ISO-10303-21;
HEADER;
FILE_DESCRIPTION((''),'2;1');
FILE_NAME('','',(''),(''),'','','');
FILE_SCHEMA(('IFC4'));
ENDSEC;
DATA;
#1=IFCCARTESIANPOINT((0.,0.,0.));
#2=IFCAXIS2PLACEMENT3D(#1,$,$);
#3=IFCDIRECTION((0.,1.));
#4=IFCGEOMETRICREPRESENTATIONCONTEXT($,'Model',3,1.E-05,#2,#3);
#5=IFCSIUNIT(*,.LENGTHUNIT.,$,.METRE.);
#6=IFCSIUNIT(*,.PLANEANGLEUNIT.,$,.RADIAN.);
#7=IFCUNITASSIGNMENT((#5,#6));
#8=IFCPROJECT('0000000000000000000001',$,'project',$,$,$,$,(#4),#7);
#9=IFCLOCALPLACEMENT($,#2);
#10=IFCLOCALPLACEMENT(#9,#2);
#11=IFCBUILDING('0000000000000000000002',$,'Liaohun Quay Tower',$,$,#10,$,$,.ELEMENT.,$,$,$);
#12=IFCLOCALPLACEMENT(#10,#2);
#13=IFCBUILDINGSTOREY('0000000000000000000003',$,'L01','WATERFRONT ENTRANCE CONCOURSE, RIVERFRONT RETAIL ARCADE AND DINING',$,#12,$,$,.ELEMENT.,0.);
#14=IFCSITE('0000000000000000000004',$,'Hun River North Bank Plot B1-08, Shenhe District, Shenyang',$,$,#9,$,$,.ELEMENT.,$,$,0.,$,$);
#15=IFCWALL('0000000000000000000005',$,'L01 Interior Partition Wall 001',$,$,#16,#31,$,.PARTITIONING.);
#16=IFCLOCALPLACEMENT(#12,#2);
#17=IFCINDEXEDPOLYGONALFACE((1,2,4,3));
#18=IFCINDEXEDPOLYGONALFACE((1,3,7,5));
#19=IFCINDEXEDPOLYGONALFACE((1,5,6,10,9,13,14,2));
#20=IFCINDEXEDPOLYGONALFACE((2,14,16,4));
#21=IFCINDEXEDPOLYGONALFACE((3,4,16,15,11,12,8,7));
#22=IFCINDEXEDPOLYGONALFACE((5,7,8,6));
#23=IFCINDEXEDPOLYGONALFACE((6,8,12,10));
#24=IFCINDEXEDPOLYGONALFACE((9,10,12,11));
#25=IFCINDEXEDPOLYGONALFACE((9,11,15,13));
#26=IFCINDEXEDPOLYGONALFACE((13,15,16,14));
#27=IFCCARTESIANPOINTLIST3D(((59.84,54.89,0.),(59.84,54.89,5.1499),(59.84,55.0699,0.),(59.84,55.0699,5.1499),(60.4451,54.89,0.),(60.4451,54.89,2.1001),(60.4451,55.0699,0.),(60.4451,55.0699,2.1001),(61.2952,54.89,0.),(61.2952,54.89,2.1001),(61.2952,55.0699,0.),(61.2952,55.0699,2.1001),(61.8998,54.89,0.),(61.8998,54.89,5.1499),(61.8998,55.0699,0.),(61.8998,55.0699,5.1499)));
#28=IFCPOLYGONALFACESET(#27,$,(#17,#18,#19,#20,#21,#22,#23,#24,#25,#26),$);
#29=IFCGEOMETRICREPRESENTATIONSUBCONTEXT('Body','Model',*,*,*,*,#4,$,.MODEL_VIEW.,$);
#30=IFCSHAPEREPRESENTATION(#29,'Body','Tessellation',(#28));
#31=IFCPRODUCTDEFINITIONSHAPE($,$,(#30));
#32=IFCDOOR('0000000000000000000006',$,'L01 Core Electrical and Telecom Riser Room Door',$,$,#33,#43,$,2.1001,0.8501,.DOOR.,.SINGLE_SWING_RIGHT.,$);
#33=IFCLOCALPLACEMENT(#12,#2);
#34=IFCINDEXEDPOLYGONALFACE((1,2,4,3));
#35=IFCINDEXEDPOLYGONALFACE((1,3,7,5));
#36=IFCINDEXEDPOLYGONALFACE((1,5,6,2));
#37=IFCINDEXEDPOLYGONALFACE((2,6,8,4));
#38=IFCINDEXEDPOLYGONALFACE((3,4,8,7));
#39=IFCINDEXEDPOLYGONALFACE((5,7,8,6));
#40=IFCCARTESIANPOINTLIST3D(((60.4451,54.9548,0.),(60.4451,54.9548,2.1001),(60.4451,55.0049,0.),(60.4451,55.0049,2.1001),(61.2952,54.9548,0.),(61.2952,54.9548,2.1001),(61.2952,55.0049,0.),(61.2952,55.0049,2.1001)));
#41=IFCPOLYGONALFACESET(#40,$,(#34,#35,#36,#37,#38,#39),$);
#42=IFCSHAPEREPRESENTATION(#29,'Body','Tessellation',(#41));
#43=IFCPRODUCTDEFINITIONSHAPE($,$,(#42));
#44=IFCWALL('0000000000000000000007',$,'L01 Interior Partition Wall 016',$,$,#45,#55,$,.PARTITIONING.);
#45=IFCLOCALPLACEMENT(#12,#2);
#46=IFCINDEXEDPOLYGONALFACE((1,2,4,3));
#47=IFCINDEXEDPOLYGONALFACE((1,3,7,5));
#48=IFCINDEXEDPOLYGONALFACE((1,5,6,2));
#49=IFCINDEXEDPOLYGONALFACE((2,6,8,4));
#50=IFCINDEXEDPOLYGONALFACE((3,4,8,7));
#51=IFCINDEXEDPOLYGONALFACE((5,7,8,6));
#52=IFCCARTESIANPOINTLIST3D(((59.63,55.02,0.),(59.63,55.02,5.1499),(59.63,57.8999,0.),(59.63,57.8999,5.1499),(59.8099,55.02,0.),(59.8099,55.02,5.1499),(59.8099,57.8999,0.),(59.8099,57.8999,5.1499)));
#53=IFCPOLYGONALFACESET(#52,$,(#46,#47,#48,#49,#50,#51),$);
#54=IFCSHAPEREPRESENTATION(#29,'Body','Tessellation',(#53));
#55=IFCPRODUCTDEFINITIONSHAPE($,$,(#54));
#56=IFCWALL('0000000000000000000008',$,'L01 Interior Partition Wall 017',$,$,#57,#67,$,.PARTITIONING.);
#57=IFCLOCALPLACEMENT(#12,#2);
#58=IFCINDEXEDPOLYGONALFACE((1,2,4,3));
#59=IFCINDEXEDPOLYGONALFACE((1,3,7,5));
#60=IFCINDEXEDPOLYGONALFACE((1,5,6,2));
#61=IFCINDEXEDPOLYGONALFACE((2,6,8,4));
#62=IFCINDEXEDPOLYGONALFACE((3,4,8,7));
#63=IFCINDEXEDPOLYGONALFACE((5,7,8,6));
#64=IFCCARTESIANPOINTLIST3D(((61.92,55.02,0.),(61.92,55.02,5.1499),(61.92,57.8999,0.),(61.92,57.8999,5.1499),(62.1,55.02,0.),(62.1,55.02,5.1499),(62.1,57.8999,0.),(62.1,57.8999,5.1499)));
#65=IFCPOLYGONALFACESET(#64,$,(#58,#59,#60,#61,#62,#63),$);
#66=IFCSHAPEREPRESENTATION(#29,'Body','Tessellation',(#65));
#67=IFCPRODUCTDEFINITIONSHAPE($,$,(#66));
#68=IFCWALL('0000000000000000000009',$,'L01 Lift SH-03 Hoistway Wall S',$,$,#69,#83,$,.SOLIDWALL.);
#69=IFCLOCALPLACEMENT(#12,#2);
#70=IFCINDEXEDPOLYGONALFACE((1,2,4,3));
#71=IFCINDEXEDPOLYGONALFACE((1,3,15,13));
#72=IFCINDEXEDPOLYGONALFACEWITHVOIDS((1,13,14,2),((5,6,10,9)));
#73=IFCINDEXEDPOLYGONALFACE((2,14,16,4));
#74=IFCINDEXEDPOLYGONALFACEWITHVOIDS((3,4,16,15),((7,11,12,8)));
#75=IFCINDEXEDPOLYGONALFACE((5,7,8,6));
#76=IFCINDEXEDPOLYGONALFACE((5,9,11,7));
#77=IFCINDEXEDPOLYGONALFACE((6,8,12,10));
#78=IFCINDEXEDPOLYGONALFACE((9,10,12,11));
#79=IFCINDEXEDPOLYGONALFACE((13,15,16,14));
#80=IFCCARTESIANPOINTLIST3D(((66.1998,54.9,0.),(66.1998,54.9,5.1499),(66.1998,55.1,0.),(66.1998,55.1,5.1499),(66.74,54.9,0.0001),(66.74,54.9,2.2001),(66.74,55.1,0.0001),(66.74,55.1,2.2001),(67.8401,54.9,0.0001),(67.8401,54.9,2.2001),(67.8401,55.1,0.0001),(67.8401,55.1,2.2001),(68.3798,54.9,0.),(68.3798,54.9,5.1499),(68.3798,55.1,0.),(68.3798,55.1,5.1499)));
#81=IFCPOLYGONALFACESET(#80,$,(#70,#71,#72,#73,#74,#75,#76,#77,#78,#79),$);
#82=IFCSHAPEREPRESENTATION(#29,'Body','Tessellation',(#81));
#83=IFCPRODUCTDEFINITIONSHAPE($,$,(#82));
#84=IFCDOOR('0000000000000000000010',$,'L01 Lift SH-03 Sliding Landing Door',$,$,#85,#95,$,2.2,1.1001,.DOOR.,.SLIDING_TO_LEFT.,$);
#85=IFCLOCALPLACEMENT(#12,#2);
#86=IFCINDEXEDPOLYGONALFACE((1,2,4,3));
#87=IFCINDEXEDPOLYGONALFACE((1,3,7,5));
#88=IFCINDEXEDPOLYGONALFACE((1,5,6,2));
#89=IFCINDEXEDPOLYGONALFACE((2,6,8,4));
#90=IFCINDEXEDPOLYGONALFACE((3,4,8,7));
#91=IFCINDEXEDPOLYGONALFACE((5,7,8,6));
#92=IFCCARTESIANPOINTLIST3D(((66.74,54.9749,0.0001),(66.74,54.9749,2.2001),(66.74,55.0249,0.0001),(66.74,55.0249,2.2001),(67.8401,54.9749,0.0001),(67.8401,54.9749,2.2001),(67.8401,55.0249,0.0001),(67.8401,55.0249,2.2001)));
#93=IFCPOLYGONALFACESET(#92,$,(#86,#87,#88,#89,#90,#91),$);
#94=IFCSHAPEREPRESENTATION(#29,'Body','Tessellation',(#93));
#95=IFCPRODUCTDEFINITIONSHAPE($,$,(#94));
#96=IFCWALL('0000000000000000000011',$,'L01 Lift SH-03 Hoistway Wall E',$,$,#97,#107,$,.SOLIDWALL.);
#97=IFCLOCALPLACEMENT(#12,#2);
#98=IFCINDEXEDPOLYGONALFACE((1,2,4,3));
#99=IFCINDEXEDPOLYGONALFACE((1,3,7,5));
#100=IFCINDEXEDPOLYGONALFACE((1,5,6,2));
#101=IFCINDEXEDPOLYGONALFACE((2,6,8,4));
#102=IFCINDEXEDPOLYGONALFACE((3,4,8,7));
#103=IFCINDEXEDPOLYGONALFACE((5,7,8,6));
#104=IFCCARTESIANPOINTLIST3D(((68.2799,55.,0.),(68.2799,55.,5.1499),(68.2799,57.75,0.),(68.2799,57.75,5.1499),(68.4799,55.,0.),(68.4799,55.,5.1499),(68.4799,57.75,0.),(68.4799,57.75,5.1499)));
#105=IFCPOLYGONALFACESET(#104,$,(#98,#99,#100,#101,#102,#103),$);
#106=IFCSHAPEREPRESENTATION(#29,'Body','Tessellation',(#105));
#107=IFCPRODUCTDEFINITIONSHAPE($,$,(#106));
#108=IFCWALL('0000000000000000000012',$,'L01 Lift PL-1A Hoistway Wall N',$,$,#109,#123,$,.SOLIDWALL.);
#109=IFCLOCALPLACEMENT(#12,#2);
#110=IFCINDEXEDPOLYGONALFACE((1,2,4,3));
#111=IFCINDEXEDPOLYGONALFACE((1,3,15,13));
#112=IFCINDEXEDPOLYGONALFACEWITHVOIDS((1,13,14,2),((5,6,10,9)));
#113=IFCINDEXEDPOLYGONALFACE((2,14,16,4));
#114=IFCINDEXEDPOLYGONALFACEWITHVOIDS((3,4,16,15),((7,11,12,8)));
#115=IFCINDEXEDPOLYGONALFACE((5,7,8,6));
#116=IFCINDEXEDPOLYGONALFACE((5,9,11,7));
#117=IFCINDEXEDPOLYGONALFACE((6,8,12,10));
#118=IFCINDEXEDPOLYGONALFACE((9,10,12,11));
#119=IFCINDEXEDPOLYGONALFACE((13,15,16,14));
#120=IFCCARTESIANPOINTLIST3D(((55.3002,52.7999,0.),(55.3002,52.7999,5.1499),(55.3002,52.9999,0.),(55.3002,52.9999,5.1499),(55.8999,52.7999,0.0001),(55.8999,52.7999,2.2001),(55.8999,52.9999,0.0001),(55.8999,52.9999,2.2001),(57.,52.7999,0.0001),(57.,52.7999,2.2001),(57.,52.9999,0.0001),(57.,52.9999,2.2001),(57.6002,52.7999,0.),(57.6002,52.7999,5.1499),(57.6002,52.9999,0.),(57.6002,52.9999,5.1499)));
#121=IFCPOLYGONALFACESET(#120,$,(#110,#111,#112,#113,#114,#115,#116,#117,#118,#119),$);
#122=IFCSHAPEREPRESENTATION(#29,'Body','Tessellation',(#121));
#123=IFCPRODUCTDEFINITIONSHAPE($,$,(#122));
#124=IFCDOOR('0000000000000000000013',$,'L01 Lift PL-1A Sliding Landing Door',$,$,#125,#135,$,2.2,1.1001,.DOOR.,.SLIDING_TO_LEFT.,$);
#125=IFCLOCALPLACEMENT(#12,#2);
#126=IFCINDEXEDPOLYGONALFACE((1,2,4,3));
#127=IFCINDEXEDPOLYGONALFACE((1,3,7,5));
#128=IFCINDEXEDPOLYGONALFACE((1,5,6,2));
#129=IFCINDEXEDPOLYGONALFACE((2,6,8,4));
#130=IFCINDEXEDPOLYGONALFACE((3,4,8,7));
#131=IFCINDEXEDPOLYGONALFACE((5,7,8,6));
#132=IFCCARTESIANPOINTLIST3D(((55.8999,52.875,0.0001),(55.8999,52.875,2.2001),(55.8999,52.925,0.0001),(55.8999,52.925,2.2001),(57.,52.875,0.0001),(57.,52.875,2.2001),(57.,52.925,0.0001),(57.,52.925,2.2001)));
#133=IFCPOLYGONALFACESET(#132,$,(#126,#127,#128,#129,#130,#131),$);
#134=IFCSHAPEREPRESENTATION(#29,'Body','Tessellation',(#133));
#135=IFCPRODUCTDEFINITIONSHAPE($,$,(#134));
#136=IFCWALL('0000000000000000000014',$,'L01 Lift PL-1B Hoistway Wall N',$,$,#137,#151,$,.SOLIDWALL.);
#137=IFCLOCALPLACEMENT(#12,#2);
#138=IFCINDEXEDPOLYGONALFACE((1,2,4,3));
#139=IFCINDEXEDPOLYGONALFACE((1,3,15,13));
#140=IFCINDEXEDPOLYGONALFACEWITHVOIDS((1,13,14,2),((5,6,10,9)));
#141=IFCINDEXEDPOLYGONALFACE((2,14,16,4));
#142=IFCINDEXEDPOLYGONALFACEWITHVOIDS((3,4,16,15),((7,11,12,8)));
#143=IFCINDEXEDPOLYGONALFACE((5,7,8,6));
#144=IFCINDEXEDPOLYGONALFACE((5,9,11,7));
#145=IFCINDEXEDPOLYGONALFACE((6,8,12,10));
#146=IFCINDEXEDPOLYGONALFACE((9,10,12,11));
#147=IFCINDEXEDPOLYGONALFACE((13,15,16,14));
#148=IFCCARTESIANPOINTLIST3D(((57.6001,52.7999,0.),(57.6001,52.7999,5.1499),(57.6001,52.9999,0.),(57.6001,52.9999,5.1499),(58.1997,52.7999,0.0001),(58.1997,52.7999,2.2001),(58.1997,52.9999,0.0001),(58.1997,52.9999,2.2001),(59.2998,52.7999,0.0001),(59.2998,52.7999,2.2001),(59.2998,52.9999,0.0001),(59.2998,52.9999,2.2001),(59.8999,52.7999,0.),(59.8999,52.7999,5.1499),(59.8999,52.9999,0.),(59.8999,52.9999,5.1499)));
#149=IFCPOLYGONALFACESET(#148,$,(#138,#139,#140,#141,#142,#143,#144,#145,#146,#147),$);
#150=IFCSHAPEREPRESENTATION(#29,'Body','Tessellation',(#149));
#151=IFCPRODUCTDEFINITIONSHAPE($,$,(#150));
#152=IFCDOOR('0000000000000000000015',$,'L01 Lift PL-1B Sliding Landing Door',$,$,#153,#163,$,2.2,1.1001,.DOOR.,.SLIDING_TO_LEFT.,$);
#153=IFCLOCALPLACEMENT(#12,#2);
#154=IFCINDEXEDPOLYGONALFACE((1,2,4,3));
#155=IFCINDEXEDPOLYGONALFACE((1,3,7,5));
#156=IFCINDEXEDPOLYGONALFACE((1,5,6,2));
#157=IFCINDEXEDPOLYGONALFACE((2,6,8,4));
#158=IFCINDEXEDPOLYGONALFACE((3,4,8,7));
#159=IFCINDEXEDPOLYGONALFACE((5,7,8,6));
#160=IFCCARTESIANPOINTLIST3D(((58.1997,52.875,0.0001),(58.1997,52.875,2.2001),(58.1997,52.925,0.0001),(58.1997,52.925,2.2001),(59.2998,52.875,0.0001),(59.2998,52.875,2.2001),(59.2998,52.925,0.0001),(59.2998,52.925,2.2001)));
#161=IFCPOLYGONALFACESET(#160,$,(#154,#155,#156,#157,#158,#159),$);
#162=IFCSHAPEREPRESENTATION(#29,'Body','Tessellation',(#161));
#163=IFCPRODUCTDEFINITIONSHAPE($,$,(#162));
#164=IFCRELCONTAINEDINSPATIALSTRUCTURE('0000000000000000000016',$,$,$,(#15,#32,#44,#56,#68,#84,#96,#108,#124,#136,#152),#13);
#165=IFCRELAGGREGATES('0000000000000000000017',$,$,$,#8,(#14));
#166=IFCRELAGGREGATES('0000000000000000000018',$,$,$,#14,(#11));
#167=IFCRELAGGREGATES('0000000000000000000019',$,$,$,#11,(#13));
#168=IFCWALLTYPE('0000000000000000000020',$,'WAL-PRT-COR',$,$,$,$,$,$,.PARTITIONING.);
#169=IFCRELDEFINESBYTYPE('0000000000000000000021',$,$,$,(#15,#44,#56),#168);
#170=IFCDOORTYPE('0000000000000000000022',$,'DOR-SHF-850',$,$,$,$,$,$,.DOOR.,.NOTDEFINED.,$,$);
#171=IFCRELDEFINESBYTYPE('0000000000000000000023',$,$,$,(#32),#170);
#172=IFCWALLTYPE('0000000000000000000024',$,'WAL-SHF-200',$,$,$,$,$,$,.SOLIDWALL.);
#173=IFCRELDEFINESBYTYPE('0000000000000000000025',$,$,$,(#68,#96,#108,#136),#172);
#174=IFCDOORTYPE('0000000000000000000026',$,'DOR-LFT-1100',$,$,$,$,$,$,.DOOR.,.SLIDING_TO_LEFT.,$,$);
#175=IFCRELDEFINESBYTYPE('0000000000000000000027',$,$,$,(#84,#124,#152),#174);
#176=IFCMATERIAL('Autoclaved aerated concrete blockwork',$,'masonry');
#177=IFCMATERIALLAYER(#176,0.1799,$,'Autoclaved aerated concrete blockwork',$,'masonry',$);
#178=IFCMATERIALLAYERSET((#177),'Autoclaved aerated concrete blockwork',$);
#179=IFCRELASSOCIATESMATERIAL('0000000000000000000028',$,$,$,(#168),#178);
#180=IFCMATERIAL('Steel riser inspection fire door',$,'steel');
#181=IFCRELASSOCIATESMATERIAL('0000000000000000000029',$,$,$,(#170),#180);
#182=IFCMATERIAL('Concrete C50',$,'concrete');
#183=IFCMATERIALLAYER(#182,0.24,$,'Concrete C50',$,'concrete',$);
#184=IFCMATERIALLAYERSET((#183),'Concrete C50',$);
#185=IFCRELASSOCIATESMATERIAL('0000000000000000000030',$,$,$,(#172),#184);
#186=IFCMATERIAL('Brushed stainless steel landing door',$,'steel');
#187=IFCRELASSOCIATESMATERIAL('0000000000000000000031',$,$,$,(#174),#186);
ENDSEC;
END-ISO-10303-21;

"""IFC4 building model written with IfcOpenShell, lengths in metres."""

from ifc_helpers import new_model, si_unit, direction, frame, frame_2d, origin, place, context, subcontext, project, spatial, rectangle, extrude, source, transform, mapped, material, layer, layer_set, type_object, element, fill, save


model = new_model("IFC4")

# Units and contexts
model_context = context("Model", 3, precision=1e-05, world=origin(), true_north=direction((0.0, 1.0)))
body_context = subcontext(model_context, "Body", "Model", "MODEL_VIEW")
ifc_project = project(units=[si_unit("LENGTHUNIT", "METRE"), si_unit("PLANEANGLEUNIT", "RADIAN")], contexts=[model_context])

# Site, building, storey
site_placement = place(None, origin())
site = spatial("IfcSite", under=ifc_project, at=site_placement, Name="Hun River North Bank Plot B1-08, Shenhe District, Shenyang", CompositionType="ELEMENT", RefElevation=0.0)
building_placement = place(site_placement, origin())
building = spatial("IfcBuilding", under=site, at=building_placement, Name="Liaohun Quay Tower", CompositionType="ELEMENT")
storey_placement = place(building_placement, origin())
storey = spatial("IfcBuildingStorey", under=building, at=storey_placement, Name="L01", Description="WATERFRONT ENTRANCE CONCOURSE, RIVERFRONT RETAIL ARCADE AND DINING", CompositionType="ELEMENT", Elevation=0.0)

# Wall, opening, door
ifc_material_1 = material(Name="Autoclaved aerated concrete blockwork", Category="masonry")
ifc_layer_1 = layer(ifc_material_1, 0.1799, Name="Autoclaved aerated concrete blockwork", Category="masonry")
ifc_layer_set_1 = layer_set([ifc_layer_1], Name="Autoclaved aerated concrete blockwork")
wall_type_1 = type_object("IfcWallType", Name="WAL-PRT-COR", PredefinedType="PARTITIONING", material=ifc_layer_set_1)
wall_1_placement = place(storey_placement, frame((59.8401, 54.98, 0.0), z_axis=(0.0, 0.0, 1.0), x_axis=(1.0, 0.0, 0.0)))
wall_1 = element("IfcWall", 1, at=wall_1_placement, inside=storey, type_object=wall_type_1, Name="L01 Interior Partition Wall 001", PredefinedType="PARTITIONING", context=body_context, shape_type="SweptSolid", body=[
    extrude(rectangle(XDim=2.0598, YDim=0.1799, at=frame_2d((1.0298, 0.0))), origin(), (0.0, 0.0, 1.0), 5.1499),
])
shared_shape_1 = source(origin(), body_context, "Body", "SweptSolid", [
    extrude(rectangle(XDim=0.8501, YDim=2.1001, at=frame_2d((0.425, 1.05))), frame((0.0, 0.0999, 0.0), z_axis=(0.0, -1.0, 0.0), x_axis=(1.0, 0.0, 0.0)), (0.0, 0.0, 1.0), 0.2),
])
opening_1_placement = place(wall_1_placement, frame((0.605, 0.0, 0.0)))
opening_1 = element("IfcOpeningElement", 2, at=opening_1_placement, cuts=wall_1, PredefinedType="OPENING", context=body_context, shape_type="MappedRepresentation", body=[
    mapped(shared_shape_1, transform((0.0, 0.0, 0.0), x_axis=(1.0, 0.0, 0.0), y_axis=(0.0, 1.0, 0.0), z_axis=(0.0, 0.0, 1.0), scale=1.0)),
])
ifc_material_2 = material(Name="Steel riser inspection fire door", Category="steel")
door_type_1 = type_object("IfcDoorType", Name="DOR-SHF-850", OperationType="NOTDEFINED", PredefinedType="DOOR", material=ifc_material_2)
shared_shape_2 = source(origin(), body_context, "Body", "SweptSolid", [
    extrude(rectangle(XDim=0.8501, YDim=2.1001, at=frame_2d((0.425, 1.05))), frame((0.0, 0.0249, 0.0), z_axis=(0.0, -1.0, 0.0), x_axis=(1.0, 0.0, 0.0)), (0.0, 0.0, 1.0), 0.05),
])
door_1_placement = place(opening_1_placement, origin())
door_1 = element("IfcDoor", 3, at=door_1_placement, inside=storey, type_object=door_type_1, Name="L01 Core Electrical and Telecom Riser Room Door", OperationType="SINGLE_SWING_RIGHT", OverallHeight=2.1001, OverallWidth=0.8501, PredefinedType="DOOR", context=body_context, shape_type="MappedRepresentation", body=[
    mapped(shared_shape_2, transform((0.0, 0.0, 0.0), x_axis=(1.0, 0.0, 0.0), y_axis=(0.0, 1.0, 0.0), z_axis=(0.0, 0.0, 1.0), scale=1.0)),
])
fill(opening_1, door_1)

# Walls
for number, where, z_axis, x_axis, name in (
    (4, (59.72, 55.02, 0.0), (0.0, 0.0, 1.0), (0.0, 1.0, 0.0), "L01 Interior Partition Wall 016"),
    (5, (62.01, 55.02, 0.0), (0.0, 0.0, 1.0), (0.0, 1.0, 0.0), "L01 Interior Partition Wall 017"),
):
    element("IfcWall", number, at=place(storey_placement, frame(where, z_axis=z_axis, x_axis=x_axis)), inside=storey, type_object=wall_type_1, Name=name, PredefinedType="PARTITIONING", context=body_context, shape_type="SweptSolid", body=[
        extrude(rectangle(XDim=2.8799, YDim=0.1799, at=frame_2d((1.4399, 0.0))), origin(), (0.0, 0.0, 1.0), 5.1499),
    ])

# Wall, opening, door
ifc_material_3 = material(Name="Concrete C50", Category="concrete")
ifc_layer_2 = layer(ifc_material_3, 0.24, Name="Concrete C50", Category="concrete")
ifc_layer_set_2 = layer_set([ifc_layer_2], Name="Concrete C50")
wall_type_2 = type_object("IfcWallType", Name="WAL-SHF-200", PredefinedType="SOLIDWALL", material=ifc_layer_set_2)
wall_2_placement = place(storey_placement, frame((66.2, 55.0, 0.0), z_axis=(0.0, 0.0, 1.0), x_axis=(1.0, 0.0, 0.0)))
wall_2 = element("IfcWall", 6, at=wall_2_placement, inside=storey, type_object=wall_type_2, Name="L01 Lift SH-03 Hoistway Wall S", PredefinedType="SOLIDWALL", context=body_context, shape_type="SweptSolid", body=[
    extrude(rectangle(XDim=2.1799, YDim=0.2, at=frame_2d((1.0898, 0.0))), origin(), (0.0, 0.0, 1.0), 5.1499),
])
shared_shape_3 = source(origin(), body_context, "Body", "SweptSolid", [
    extrude(rectangle(XDim=1.1001, YDim=2.2, at=frame_2d((0.55, 1.1001))), frame((0.0, 0.1099, 0.0), z_axis=(0.0, -1.0, 0.0), x_axis=(1.0, 0.0, 0.0)), (0.0, 0.0, 1.0), 0.22),
])
opening_2_placement = place(wall_2_placement, frame((0.54, 0.0, 0.0)))
opening_2 = element("IfcOpeningElement", 7, at=opening_2_placement, cuts=wall_2, PredefinedType="OPENING", context=body_context, shape_type="MappedRepresentation", body=[
    mapped(shared_shape_3, transform((0.0, 0.0, 0.0), x_axis=(1.0, 0.0, 0.0), y_axis=(0.0, 1.0, 0.0), z_axis=(0.0, 0.0, 1.0), scale=1.0)),
])
ifc_material_4 = material(Name="Brushed stainless steel landing door", Category="steel")
door_type_2 = type_object("IfcDoorType", Name="DOR-LFT-1100", OperationType="SLIDING_TO_LEFT", PredefinedType="DOOR", material=ifc_material_4)
shared_shape_4 = source(origin(), body_context, "Body", "SweptSolid", [
    extrude(rectangle(XDim=1.1001, YDim=2.2, at=frame_2d((0.55, 1.1001))), frame((0.0, 0.0249, 0.0), z_axis=(0.0, -1.0, 0.0), x_axis=(1.0, 0.0, 0.0)), (0.0, 0.0, 1.0), 0.05),
])
door_2_placement = place(opening_2_placement, origin())
door_2 = element("IfcDoor", 8, at=door_2_placement, inside=storey, type_object=door_type_2, Name="L01 Lift SH-03 Sliding Landing Door", OperationType="SLIDING_TO_LEFT", OverallHeight=2.2, OverallWidth=1.1001, PredefinedType="DOOR", context=body_context, shape_type="MappedRepresentation", body=[
    mapped(shared_shape_4, transform((0.0, 0.0, 0.0), x_axis=(1.0, 0.0, 0.0), y_axis=(0.0, 1.0, 0.0), z_axis=(0.0, 0.0, 1.0), scale=1.0)),
])
fill(opening_2, door_2)

# Wall
wall_3_placement = place(storey_placement, frame((68.3799, 55.0, 0.0), z_axis=(0.0, 0.0, 1.0), x_axis=(0.0, 1.0, 0.0)))
element("IfcWall", 9, at=wall_3_placement, inside=storey, type_object=wall_type_2, Name="L01 Lift SH-03 Hoistway Wall E", PredefinedType="SOLIDWALL", context=body_context, shape_type="SweptSolid", body=[
    extrude(rectangle(XDim=2.75, YDim=0.2, at=frame_2d((1.375, 0.0))), origin(), (0.0, 0.0, 1.0), 5.1499),
])

# Walls, openings, doors
wall_4_placement = place(storey_placement, frame((57.6001, 52.8999, 0.0), z_axis=(0.0, 0.0, 1.0), x_axis=(-1.0, 0.0, 0.0)))
wall_4 = element("IfcWall", 10, at=wall_4_placement, inside=storey, type_object=wall_type_2, Name="L01 Lift PL-1A Hoistway Wall N", PredefinedType="SOLIDWALL", context=body_context, shape_type="SweptSolid", body=[
    extrude(rectangle(XDim=2.3, YDim=0.2, at=frame_2d((1.1499, 0.0))), origin(), (0.0, 0.0, 1.0), 5.1499),
])
opening_3_placement = place(wall_4_placement, frame((0.6001, 0.0, 0.0)))
opening_3 = element("IfcOpeningElement", 11, at=opening_3_placement, cuts=wall_4, PredefinedType="OPENING", context=body_context, shape_type="MappedRepresentation", body=[
    mapped(shared_shape_3, transform((0.0, 0.0, 0.0), x_axis=(1.0, 0.0, 0.0), y_axis=(0.0, 1.0, 0.0), z_axis=(0.0, 0.0, 1.0), scale=1.0)),
])
door_3_placement = place(opening_3_placement, origin())
door_3 = element("IfcDoor", 12, at=door_3_placement, inside=storey, type_object=door_type_2, Name="L01 Lift PL-1A Sliding Landing Door", OperationType="SLIDING_TO_LEFT", OverallHeight=2.2, OverallWidth=1.1001, PredefinedType="DOOR", context=body_context, shape_type="MappedRepresentation", body=[
    mapped(shared_shape_4, transform((0.0, 0.0, 0.0), x_axis=(1.0, 0.0, 0.0), y_axis=(0.0, 1.0, 0.0), z_axis=(0.0, 0.0, 1.0), scale=1.0)),
])
fill(opening_3, door_3)
wall_5_placement = place(storey_placement, frame((59.8999, 52.8999, 0.0), z_axis=(0.0, 0.0, 1.0), x_axis=(-1.0, 0.0, 0.0)))
wall_5 = element("IfcWall", 13, at=wall_5_placement, inside=storey, type_object=wall_type_2, Name="L01 Lift PL-1B Hoistway Wall N", PredefinedType="SOLIDWALL", context=body_context, shape_type="SweptSolid", body=[
    extrude(rectangle(XDim=2.2998, YDim=0.2, at=frame_2d((1.1499, 0.0))), origin(), (0.0, 0.0, 1.0), 5.1499),
])
opening_4_placement = place(wall_5_placement, frame((0.6001, 0.0, 0.0)))
opening_4 = element("IfcOpeningElement", 14, at=opening_4_placement, cuts=wall_5, PredefinedType="OPENING", context=body_context, shape_type="MappedRepresentation", body=[
    mapped(shared_shape_3, transform((0.0, 0.0, 0.0), x_axis=(1.0, 0.0, 0.0), y_axis=(0.0, 1.0, 0.0), z_axis=(0.0, 0.0, 1.0), scale=1.0)),
])
door_4_placement = place(opening_4_placement, origin())
door_4 = element("IfcDoor", 15, at=door_4_placement, inside=storey, type_object=door_type_2, Name="L01 Lift PL-1B Sliding Landing Door", OperationType="SLIDING_TO_LEFT", OverallHeight=2.2, OverallWidth=1.1001, PredefinedType="DOOR", context=body_context, shape_type="MappedRepresentation", body=[
    mapped(shared_shape_4, transform((0.0, 0.0, 0.0), x_axis=(1.0, 0.0, 0.0), y_axis=(0.0, 1.0, 0.0), z_axis=(0.0, 0.0, 1.0), scale=1.0)),
])
fill(opening_4, door_4)

save(model, "model.ifc")
